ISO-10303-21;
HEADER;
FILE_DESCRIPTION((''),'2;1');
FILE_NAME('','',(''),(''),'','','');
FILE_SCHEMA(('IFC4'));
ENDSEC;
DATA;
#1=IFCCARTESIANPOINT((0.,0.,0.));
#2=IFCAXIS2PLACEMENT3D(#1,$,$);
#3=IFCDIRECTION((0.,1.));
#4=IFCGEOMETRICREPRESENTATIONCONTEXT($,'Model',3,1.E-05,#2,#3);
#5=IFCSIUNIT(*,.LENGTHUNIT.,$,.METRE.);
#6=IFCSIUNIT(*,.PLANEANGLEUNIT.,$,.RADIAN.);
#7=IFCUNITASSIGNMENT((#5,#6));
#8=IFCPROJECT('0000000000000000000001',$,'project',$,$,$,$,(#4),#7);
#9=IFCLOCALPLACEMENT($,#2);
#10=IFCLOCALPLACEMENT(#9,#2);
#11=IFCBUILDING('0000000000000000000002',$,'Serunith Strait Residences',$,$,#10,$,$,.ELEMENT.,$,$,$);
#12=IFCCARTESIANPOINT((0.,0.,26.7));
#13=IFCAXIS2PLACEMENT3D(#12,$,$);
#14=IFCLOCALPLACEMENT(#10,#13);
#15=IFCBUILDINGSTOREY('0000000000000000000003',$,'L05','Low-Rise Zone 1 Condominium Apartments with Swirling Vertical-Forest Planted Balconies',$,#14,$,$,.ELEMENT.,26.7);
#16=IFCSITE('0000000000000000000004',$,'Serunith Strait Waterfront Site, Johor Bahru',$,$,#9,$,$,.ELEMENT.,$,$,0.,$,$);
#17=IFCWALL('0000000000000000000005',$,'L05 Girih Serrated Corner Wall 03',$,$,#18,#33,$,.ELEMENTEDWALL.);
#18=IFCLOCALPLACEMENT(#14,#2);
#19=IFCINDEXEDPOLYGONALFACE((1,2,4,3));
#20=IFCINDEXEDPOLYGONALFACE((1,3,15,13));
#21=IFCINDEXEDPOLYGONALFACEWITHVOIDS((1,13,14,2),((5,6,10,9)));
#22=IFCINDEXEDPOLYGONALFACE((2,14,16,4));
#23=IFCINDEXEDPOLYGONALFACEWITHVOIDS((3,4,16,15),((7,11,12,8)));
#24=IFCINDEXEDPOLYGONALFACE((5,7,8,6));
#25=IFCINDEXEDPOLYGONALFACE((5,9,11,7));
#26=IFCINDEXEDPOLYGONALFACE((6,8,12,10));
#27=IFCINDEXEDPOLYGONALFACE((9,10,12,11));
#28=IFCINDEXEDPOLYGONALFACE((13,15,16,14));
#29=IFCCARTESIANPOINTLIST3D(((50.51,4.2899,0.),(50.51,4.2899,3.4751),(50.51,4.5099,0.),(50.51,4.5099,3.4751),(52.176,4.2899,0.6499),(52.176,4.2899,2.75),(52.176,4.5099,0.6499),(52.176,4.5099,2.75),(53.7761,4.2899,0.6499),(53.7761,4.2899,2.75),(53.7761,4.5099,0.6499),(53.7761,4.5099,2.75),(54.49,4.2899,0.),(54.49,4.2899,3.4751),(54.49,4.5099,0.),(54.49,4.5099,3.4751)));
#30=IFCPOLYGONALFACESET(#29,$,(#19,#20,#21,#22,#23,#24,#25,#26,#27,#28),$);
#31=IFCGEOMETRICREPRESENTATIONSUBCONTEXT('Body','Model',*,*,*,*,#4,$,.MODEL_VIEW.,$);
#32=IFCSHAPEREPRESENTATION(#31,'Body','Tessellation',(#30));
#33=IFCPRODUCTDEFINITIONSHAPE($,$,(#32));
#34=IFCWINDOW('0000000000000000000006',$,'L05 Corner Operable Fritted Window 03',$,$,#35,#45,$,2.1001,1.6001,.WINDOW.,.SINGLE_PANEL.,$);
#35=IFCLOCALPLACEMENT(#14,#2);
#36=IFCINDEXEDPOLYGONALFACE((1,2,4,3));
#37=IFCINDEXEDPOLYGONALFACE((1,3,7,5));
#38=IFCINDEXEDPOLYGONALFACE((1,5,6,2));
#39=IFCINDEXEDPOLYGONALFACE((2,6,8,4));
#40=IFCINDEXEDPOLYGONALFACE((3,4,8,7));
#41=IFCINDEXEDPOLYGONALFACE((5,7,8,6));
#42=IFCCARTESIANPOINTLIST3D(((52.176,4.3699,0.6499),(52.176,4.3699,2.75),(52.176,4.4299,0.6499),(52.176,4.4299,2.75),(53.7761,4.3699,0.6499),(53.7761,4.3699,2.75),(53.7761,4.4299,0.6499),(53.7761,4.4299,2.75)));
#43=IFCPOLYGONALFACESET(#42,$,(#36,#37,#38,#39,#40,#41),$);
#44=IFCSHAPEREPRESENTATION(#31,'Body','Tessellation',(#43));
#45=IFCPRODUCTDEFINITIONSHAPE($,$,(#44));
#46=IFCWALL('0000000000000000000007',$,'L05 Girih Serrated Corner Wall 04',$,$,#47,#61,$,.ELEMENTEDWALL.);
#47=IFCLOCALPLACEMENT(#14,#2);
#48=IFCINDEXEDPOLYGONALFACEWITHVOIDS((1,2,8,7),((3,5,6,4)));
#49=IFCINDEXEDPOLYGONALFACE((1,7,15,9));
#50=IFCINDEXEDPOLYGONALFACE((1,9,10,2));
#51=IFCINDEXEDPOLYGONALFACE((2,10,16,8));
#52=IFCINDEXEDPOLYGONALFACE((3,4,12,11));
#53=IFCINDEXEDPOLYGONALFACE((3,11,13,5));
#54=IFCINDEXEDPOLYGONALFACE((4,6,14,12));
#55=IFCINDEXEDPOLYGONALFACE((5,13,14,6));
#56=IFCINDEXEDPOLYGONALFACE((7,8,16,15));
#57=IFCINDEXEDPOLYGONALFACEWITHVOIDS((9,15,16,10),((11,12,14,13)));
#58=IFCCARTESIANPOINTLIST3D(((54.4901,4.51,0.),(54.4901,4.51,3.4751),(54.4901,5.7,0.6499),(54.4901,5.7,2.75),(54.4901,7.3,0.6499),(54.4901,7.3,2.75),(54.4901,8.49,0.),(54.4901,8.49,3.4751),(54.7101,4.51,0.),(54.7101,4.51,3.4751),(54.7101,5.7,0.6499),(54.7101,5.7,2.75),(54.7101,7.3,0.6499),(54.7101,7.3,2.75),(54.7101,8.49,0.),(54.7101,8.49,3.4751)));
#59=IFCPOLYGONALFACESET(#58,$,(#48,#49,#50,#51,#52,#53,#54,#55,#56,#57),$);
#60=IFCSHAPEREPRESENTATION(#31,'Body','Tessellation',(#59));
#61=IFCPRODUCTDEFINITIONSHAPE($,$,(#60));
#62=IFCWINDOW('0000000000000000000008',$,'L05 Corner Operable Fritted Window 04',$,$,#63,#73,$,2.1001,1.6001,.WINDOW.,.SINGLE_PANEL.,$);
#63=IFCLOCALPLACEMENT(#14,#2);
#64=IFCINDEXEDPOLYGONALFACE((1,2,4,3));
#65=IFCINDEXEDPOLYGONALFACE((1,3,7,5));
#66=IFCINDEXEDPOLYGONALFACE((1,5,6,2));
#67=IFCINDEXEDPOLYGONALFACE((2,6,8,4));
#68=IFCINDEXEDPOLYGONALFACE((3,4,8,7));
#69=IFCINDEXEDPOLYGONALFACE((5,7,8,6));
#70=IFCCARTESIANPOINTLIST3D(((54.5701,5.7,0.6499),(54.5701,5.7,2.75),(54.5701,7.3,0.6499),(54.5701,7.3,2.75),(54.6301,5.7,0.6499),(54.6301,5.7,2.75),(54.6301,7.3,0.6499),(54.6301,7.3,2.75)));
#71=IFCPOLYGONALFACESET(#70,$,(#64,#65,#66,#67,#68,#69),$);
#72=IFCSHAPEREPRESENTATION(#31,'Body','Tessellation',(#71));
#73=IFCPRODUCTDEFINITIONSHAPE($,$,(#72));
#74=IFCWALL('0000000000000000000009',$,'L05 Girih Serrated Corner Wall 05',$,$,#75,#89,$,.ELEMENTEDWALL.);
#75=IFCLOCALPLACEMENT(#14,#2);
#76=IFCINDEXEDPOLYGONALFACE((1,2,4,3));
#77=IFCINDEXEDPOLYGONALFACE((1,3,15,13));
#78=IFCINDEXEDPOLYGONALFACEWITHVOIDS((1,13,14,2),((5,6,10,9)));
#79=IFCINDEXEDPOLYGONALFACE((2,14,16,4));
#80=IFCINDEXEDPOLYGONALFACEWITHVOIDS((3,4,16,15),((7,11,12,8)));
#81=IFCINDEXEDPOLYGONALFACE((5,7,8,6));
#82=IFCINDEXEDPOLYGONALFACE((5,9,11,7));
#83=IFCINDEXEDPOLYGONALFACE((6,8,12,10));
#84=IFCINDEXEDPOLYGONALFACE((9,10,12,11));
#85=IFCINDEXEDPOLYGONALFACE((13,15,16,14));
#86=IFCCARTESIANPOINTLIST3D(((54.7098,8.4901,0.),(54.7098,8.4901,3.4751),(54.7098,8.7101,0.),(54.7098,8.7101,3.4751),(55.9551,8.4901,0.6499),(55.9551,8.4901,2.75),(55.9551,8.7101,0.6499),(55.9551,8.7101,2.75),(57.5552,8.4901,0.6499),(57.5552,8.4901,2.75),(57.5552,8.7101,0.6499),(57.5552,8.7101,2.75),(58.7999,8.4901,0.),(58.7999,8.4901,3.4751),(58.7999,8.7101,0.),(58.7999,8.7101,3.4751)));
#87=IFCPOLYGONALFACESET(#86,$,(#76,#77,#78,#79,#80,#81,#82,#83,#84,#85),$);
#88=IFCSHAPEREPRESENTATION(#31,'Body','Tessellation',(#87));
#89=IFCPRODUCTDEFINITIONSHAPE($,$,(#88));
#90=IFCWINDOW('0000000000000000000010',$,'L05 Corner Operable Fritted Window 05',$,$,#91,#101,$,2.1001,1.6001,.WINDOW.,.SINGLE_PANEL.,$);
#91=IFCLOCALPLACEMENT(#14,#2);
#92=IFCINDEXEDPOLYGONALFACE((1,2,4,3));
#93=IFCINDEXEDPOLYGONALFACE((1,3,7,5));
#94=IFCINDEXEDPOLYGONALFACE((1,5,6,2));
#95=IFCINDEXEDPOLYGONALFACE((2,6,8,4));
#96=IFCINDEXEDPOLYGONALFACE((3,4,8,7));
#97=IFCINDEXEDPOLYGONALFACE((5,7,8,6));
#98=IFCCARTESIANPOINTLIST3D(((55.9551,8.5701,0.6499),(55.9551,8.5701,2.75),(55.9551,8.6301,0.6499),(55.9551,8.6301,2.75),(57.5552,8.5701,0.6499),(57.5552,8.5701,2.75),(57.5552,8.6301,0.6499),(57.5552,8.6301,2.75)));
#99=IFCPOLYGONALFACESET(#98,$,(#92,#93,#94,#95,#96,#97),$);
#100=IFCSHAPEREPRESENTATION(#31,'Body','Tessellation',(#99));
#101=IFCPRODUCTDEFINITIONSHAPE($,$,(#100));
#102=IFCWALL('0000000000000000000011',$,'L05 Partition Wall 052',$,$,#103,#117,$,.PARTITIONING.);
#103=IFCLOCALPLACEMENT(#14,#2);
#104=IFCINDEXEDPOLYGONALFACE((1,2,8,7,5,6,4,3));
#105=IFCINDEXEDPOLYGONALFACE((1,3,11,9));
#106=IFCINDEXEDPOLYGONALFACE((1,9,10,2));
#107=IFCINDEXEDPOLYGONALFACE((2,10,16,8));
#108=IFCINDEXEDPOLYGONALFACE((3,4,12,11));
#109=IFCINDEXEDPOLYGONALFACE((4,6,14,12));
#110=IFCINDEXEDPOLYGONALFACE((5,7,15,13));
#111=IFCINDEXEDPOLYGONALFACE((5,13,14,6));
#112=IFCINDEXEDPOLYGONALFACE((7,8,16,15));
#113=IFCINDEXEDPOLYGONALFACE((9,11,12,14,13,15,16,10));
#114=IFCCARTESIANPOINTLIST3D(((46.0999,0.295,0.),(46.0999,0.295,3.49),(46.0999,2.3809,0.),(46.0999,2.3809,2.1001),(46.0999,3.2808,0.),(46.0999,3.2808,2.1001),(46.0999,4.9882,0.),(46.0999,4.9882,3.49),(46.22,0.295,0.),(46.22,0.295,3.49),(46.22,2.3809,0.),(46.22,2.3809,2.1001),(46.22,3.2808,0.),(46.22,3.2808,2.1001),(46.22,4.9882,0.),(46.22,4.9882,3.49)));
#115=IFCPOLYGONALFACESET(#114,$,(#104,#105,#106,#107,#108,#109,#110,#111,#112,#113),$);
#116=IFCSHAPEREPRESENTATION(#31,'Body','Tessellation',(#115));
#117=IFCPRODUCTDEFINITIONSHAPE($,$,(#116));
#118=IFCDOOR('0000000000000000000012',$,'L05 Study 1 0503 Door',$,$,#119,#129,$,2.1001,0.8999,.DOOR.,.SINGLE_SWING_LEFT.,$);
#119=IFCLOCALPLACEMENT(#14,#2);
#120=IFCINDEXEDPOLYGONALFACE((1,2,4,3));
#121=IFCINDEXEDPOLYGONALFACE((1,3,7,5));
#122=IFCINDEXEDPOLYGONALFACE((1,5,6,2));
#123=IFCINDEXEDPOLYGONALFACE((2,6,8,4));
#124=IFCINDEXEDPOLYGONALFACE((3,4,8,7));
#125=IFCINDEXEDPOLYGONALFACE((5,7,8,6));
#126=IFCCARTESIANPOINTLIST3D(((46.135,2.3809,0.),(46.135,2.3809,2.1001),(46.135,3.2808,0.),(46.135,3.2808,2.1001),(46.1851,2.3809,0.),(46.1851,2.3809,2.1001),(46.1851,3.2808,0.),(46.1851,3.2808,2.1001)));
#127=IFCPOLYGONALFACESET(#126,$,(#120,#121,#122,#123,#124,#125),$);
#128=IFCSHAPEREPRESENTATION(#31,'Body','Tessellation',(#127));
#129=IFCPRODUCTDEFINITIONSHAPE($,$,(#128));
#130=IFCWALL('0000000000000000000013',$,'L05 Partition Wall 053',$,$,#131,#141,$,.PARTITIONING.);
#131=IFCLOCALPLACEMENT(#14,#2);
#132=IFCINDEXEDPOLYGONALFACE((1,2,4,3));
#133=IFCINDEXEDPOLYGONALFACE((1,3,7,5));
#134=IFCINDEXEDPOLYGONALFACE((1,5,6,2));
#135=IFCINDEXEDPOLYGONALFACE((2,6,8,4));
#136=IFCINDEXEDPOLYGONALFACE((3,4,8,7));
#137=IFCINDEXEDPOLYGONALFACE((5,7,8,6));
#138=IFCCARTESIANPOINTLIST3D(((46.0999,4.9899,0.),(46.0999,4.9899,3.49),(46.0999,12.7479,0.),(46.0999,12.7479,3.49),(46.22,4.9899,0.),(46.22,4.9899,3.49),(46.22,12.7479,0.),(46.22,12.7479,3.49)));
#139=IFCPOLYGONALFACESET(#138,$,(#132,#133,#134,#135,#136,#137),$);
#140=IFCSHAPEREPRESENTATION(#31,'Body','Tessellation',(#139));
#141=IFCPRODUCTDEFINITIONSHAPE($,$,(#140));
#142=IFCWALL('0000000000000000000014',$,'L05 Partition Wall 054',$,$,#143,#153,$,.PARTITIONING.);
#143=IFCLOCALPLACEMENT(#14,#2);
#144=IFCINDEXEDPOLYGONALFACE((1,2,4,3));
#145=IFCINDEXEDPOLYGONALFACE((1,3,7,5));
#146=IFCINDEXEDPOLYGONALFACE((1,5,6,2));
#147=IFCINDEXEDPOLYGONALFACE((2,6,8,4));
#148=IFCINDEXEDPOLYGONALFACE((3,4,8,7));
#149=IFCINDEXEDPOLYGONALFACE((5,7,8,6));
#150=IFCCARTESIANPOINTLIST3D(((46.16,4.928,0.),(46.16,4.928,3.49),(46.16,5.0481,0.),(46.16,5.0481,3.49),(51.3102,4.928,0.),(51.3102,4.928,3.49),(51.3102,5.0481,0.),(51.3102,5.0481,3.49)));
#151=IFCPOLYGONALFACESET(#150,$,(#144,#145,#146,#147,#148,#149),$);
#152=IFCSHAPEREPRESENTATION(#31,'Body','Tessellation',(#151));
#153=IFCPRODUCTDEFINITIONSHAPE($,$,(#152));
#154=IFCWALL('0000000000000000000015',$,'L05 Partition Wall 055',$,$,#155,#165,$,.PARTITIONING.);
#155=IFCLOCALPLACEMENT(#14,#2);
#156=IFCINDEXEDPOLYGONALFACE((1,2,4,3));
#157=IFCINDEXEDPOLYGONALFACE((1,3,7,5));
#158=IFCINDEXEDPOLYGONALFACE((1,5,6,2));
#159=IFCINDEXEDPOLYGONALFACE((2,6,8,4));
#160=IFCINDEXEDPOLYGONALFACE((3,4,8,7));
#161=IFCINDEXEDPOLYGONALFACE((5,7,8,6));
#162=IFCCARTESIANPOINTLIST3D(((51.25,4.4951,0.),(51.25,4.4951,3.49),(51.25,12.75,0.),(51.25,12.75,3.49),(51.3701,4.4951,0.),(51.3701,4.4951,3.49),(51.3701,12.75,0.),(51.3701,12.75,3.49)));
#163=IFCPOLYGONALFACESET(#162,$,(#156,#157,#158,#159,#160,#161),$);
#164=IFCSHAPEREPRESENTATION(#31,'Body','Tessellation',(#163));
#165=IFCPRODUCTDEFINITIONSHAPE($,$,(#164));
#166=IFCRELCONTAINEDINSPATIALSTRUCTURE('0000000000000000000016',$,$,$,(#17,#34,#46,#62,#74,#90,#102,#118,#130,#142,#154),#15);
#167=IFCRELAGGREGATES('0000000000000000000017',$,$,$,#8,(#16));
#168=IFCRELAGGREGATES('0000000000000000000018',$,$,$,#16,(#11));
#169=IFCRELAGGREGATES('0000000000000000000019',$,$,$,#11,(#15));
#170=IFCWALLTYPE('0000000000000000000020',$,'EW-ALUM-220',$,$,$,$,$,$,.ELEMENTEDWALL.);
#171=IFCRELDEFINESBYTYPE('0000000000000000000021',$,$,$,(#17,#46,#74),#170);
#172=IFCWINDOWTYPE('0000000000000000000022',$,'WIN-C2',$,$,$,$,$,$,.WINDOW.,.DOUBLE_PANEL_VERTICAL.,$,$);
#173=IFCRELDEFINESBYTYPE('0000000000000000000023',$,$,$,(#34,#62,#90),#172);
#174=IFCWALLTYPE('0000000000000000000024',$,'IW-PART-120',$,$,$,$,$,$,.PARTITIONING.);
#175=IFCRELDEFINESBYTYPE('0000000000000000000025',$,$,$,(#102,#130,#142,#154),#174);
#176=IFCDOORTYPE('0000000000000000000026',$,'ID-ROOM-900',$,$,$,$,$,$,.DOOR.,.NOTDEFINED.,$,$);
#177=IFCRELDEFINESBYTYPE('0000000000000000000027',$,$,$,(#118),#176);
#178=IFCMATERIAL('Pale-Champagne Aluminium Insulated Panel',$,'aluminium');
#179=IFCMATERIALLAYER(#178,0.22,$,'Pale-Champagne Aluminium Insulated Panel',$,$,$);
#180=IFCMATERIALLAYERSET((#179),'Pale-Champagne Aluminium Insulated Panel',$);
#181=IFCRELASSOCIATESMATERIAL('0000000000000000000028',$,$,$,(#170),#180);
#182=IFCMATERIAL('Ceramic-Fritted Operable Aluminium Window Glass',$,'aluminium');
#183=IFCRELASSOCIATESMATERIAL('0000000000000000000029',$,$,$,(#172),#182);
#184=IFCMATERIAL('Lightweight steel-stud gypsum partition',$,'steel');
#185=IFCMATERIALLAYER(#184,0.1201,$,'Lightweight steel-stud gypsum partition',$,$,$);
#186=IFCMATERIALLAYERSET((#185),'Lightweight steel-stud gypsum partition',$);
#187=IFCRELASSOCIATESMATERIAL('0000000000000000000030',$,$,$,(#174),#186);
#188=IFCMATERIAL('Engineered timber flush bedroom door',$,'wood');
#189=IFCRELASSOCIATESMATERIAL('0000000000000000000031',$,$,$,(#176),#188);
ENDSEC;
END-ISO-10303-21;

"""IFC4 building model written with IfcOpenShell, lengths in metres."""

from ifc_helpers import new_model, si_unit, direction, frame, frame_2d, origin, place, context, subcontext, project, spatial, rectangle, extrude, source, transform, mapped, material, layer, layer_set, type_object, element, fill, save


model = new_model("IFC4")

# Units and contexts
model_context = context("Model", 3, precision=1e-05, world=origin(), true_north=direction((0.0, 1.0)))
body_context = subcontext(model_context, "Body", "Model", "MODEL_VIEW")
ifc_project = project(units=[si_unit("LENGTHUNIT", "METRE"), si_unit("PLANEANGLEUNIT", "RADIAN")], contexts=[model_context])

# Site, building, storey
site_placement = place(None, origin())
site = spatial("IfcSite", under=ifc_project, at=site_placement, Name="Serunith Strait Waterfront Site, Johor Bahru", CompositionType="ELEMENT", RefElevation=0.0)
building_placement = place(site_placement, origin())
building = spatial("IfcBuilding", under=site, at=building_placement, Name="Serunith Strait Residences", CompositionType="ELEMENT")
storey_placement = place(building_placement, frame((0.0, 0.0, 26.7)))
storey = spatial("IfcBuildingStorey", under=building, at=storey_placement, Name="L05", Description="Low-Rise Zone 1 Condominium Apartments with Swirling Vertical-Forest Planted Balconies", CompositionType="ELEMENT", Elevation=26.7)

# Walls, openings, windows
ifc_material_1 = material(Name="Pale-Champagne Aluminium Insulated Panel", Category="aluminium")
ifc_layer_1 = layer(ifc_material_1, 0.22, Name="Pale-Champagne Aluminium Insulated Panel")
ifc_layer_set_1 = layer_set([ifc_layer_1], Name="Pale-Champagne Aluminium Insulated Panel")
wall_type_1 = type_object("IfcWallType", Name="EW-ALUM-220", PredefinedType="ELEMENTEDWALL", material=ifc_layer_set_1)
ifc_material_2 = material(Name="Ceramic-Fritted Operable Aluminium Window Glass", Category="aluminium")
window_type = type_object("IfcWindowType", Name="WIN-C2", PartitioningType="DOUBLE_PANEL_VERTICAL", PredefinedType="WINDOW", material=ifc_material_2)
shared_shape_1 = source(origin(), body_context, "Body", "SweptSolid", [
    extrude(rectangle(XDim=1.6001, YDim=2.1001, at=frame_2d((0.8, 1.05))), frame((0.0, 0.03, 0.0), z_axis=(0.0, -1.0, 0.0), x_axis=(1.0, 0.0, 0.0)), (0.0, 0.0, 1.0), 0.0601),
])
wall_1_placement = place(storey_placement, frame((50.51, 4.3999, 0.0), z_axis=(0.0, 0.0, 1.0), x_axis=(1.0, 0.0, 0.0)))
wall_1 = element("IfcWall", 1, at=wall_1_placement, inside=storey, type_object=wall_type_1, Name="L05 Girih Serrated Corner Wall 03", PredefinedType="ELEMENTEDWALL", context=body_context, shape_type="SweptSolid", body=[
    extrude(rectangle(XDim=3.98, YDim=0.22, at=frame_2d((1.99, 0.0))), origin(), (0.0, 0.0, 1.0), 3.4751),
])
opening_1_placement = place(wall_1_placement, frame((1.666, 0.0, 0.6499)))
opening_1 = element("IfcOpeningElement", 2, at=opening_1_placement, cuts=wall_1, PredefinedType="OPENING", context=body_context, shape_type="SweptSolid", body=[
    extrude(rectangle(XDim=1.6001, YDim=2.1001, at=frame_2d((0.8, 1.05))), frame((0.0, 0.1201, 0.0), z_axis=(0.0, -1.0, 0.0), x_axis=(1.0, 0.0, 0.0)), (0.0, 0.0, 1.0), 0.24),
])
window_1_placement = place(opening_1_placement, origin())
window_1 = element("IfcWindow", 3, at=window_1_placement, inside=storey, type_object=window_type, Name="L05 Corner Operable Fritted Window 03", OverallHeight=2.1001, OverallWidth=1.6001, PartitioningType="SINGLE_PANEL", PredefinedType="WINDOW", context=body_context, shape_type="MappedRepresentation", body=[
    mapped(shared_shape_1, transform((0.0, 0.0, 0.0), scale=1.0)),
])
fill(opening_1, window_1)
wall_2_placement = place(storey_placement, frame((54.6001, 4.51, 0.0), z_axis=(0.0, 0.0, 1.0), x_axis=(0.0, 1.0, 0.0)))
wall_2 = element("IfcWall", 4, at=wall_2_placement, inside=storey, type_object=wall_type_1, Name="L05 Girih Serrated Corner Wall 04", PredefinedType="ELEMENTEDWALL", context=body_context, shape_type="SweptSolid", body=[
    extrude(rectangle(XDim=3.98, YDim=0.22, at=frame_2d((1.99, 0.0))), origin(), (0.0, 0.0, 1.0), 3.4751),
])
opening_2_placement = place(wall_2_placement, frame((1.1899, 0.0, 0.6499)))
opening_2 = element("IfcOpeningElement", 5, at=opening_2_placement, cuts=wall_2, PredefinedType="OPENING", context=body_context, shape_type="SweptSolid", body=[
    extrude(rectangle(XDim=1.6001, YDim=2.1001, at=frame_2d((0.8, 1.05))), frame((0.0, 0.1201, 0.0), z_axis=(0.0, -1.0, 0.0), x_axis=(1.0, 0.0, 0.0)), (0.0, 0.0, 1.0), 0.24),
])
window_2_placement = place(opening_2_placement, origin())
window_2 = element("IfcWindow", 6, at=window_2_placement, inside=storey, type_object=window_type, Name="L05 Corner Operable Fritted Window 04", OverallHeight=2.1001, OverallWidth=1.6001, PartitioningType="SINGLE_PANEL", PredefinedType="WINDOW", context=body_context, shape_type="MappedRepresentation", body=[
    mapped(shared_shape_1, transform((0.0, 0.0, 0.0), scale=1.0)),
])
fill(opening_2, window_2)
wall_3_placement = place(storey_placement, frame((54.71, 8.6001, 0.0), z_axis=(0.0, 0.0, 1.0), x_axis=(1.0, 0.0, 0.0)))
wall_3 = element("IfcWall", 7, at=wall_3_placement, inside=storey, type_object=wall_type_1, Name="L05 Girih Serrated Corner Wall 05", PredefinedType="ELEMENTEDWALL", context=body_context, shape_type="SweptSolid", body=[
    extrude(rectangle(XDim=4.0901, YDim=0.22, at=frame_2d((2.0449, 0.0))), origin(), (0.0, 0.0, 1.0), 3.4751),
])
opening_3_placement = place(wall_3_placement, frame((1.2451, 0.0, 0.6499)))
opening_3 = element("IfcOpeningElement", 8, at=opening_3_placement, cuts=wall_3, PredefinedType="OPENING", context=body_context, shape_type="SweptSolid", body=[
    extrude(rectangle(XDim=1.6001, YDim=2.1001, at=frame_2d((0.8, 1.05))), frame((0.0, 0.1201, 0.0), z_axis=(0.0, -1.0, 0.0), x_axis=(1.0, 0.0, 0.0)), (0.0, 0.0, 1.0), 0.24),
])
window_3_placement = place(opening_3_placement, origin())
window_3 = element("IfcWindow", 9, at=window_3_placement, inside=storey, type_object=window_type, Name="L05 Corner Operable Fritted Window 05", OverallHeight=2.1001, OverallWidth=1.6001, PartitioningType="SINGLE_PANEL", PredefinedType="WINDOW", context=body_context, shape_type="MappedRepresentation", body=[
    mapped(shared_shape_1, transform((0.0, 0.0, 0.0), scale=1.0)),
])
fill(opening_3, window_3)

# Wall, opening, door
ifc_material_3 = material(Name="Lightweight steel-stud gypsum partition", Category="steel")
ifc_layer_2 = layer(ifc_material_3, 0.1201, Name="Lightweight steel-stud gypsum partition")
ifc_layer_set_2 = layer_set([ifc_layer_2], Name="Lightweight steel-stud gypsum partition")
wall_type_2 = type_object("IfcWallType", Name="IW-PART-120", PredefinedType="PARTITIONING", material=ifc_layer_set_2)
wall_4_placement = place(storey_placement, frame((46.1599, 0.2949, 0.0), z_axis=(0.0, 0.0, 1.0), x_axis=(0.0, 1.0, 0.0)))
wall_4 = element("IfcWall", 10, at=wall_4_placement, inside=storey, type_object=wall_type_2, Name="L05 Partition Wall 052", PredefinedType="PARTITIONING", context=body_context, shape_type="SweptSolid", body=[
    extrude(rectangle(XDim=4.6931, YDim=0.1201, at=frame_2d((2.3467, 0.0))), origin(), (0.0, 0.0, 1.0), 3.49),
])
opening_4_placement = place(wall_4_placement, frame((2.0859, 0.0, 0.0)))
opening_4 = element("IfcOpeningElement", 11, at=opening_4_placement, cuts=wall_4, PredefinedType="OPENING", context=body_context, shape_type="SweptSolid", body=[
    extrude(rectangle(XDim=0.8999, YDim=2.1001, at=frame_2d((0.45, 1.05))), frame((0.0, 0.0701, 0.0), z_axis=(0.0, -1.0, 0.0), x_axis=(1.0, 0.0, 0.0)), (0.0, 0.0, 1.0), 0.1401),
])
ifc_material_4 = material(Name="Engineered timber flush bedroom door", Category="wood")
door_type = type_object("IfcDoorType", Name="ID-ROOM-900", OperationType="NOTDEFINED", PredefinedType="DOOR", material=ifc_material_4)
shared_shape_2 = source(origin(), body_context, "Body", "SweptSolid", [
    extrude(rectangle(XDim=0.8999, YDim=2.1001, at=frame_2d((0.45, 1.05))), frame((0.0, 0.0249, 0.0), z_axis=(0.0, -1.0, 0.0), x_axis=(1.0, 0.0, 0.0)), (0.0, 0.0, 1.0), 0.05),
])
door_placement = place(opening_4_placement, origin())
door = element("IfcDoor", 12, at=door_placement, inside=storey, type_object=door_type, Name="L05 Study 1 0503 Door", OperationType="SINGLE_SWING_LEFT", OverallHeight=2.1001, OverallWidth=0.8999, PredefinedType="DOOR", context=body_context, shape_type="MappedRepresentation", body=[
    mapped(shared_shape_2, transform((0.0, 0.0, 0.0), scale=1.0)),
])
fill(opening_4, door)

# Walls
wall_5_placement = place(storey_placement, frame((46.1599, 4.99, 0.0), z_axis=(0.0, 0.0, 1.0), x_axis=(0.0, 1.0, 0.0)))
element("IfcWall", 13, at=wall_5_placement, inside=storey, type_object=wall_type_2, Name="L05 Partition Wall 053", PredefinedType="PARTITIONING", context=body_context, shape_type="SweptSolid", body=[
    extrude(rectangle(XDim=7.7581, YDim=0.1201, at=frame_2d((3.8789, 0.0))), origin(), (0.0, 0.0, 1.0), 3.49),
])
wall_6_placement = place(storey_placement, frame((46.1599, 4.988, 0.0), z_axis=(0.0, 0.0, 1.0), x_axis=(1.0, 0.0, 0.0)))
element("IfcWall", 14, at=wall_6_placement, inside=storey, type_object=wall_type_2, Name="L05 Partition Wall 054", PredefinedType="PARTITIONING", context=body_context, shape_type="SweptSolid", body=[
    extrude(rectangle(XDim=5.1501, YDim=0.1201, at=frame_2d((2.5752, 0.0))), origin(), (0.0, 0.0, 1.0), 3.49),
])
wall_7_placement = place(storey_placement, frame((51.3101, 4.4951, 0.0), z_axis=(0.0, 0.0, 1.0), x_axis=(0.0, 1.0, 0.0)))
element("IfcWall", 15, at=wall_7_placement, inside=storey, type_object=wall_type_2, Name="L05 Partition Wall 055", PredefinedType="PARTITIONING", context=body_context, shape_type="SweptSolid", body=[
    extrude(rectangle(XDim=8.2549, YDim=0.1201, at=frame_2d((4.1274, 0.0))), origin(), (0.0, 0.0, 1.0), 3.49),
])

save(model, "model.ifc")
